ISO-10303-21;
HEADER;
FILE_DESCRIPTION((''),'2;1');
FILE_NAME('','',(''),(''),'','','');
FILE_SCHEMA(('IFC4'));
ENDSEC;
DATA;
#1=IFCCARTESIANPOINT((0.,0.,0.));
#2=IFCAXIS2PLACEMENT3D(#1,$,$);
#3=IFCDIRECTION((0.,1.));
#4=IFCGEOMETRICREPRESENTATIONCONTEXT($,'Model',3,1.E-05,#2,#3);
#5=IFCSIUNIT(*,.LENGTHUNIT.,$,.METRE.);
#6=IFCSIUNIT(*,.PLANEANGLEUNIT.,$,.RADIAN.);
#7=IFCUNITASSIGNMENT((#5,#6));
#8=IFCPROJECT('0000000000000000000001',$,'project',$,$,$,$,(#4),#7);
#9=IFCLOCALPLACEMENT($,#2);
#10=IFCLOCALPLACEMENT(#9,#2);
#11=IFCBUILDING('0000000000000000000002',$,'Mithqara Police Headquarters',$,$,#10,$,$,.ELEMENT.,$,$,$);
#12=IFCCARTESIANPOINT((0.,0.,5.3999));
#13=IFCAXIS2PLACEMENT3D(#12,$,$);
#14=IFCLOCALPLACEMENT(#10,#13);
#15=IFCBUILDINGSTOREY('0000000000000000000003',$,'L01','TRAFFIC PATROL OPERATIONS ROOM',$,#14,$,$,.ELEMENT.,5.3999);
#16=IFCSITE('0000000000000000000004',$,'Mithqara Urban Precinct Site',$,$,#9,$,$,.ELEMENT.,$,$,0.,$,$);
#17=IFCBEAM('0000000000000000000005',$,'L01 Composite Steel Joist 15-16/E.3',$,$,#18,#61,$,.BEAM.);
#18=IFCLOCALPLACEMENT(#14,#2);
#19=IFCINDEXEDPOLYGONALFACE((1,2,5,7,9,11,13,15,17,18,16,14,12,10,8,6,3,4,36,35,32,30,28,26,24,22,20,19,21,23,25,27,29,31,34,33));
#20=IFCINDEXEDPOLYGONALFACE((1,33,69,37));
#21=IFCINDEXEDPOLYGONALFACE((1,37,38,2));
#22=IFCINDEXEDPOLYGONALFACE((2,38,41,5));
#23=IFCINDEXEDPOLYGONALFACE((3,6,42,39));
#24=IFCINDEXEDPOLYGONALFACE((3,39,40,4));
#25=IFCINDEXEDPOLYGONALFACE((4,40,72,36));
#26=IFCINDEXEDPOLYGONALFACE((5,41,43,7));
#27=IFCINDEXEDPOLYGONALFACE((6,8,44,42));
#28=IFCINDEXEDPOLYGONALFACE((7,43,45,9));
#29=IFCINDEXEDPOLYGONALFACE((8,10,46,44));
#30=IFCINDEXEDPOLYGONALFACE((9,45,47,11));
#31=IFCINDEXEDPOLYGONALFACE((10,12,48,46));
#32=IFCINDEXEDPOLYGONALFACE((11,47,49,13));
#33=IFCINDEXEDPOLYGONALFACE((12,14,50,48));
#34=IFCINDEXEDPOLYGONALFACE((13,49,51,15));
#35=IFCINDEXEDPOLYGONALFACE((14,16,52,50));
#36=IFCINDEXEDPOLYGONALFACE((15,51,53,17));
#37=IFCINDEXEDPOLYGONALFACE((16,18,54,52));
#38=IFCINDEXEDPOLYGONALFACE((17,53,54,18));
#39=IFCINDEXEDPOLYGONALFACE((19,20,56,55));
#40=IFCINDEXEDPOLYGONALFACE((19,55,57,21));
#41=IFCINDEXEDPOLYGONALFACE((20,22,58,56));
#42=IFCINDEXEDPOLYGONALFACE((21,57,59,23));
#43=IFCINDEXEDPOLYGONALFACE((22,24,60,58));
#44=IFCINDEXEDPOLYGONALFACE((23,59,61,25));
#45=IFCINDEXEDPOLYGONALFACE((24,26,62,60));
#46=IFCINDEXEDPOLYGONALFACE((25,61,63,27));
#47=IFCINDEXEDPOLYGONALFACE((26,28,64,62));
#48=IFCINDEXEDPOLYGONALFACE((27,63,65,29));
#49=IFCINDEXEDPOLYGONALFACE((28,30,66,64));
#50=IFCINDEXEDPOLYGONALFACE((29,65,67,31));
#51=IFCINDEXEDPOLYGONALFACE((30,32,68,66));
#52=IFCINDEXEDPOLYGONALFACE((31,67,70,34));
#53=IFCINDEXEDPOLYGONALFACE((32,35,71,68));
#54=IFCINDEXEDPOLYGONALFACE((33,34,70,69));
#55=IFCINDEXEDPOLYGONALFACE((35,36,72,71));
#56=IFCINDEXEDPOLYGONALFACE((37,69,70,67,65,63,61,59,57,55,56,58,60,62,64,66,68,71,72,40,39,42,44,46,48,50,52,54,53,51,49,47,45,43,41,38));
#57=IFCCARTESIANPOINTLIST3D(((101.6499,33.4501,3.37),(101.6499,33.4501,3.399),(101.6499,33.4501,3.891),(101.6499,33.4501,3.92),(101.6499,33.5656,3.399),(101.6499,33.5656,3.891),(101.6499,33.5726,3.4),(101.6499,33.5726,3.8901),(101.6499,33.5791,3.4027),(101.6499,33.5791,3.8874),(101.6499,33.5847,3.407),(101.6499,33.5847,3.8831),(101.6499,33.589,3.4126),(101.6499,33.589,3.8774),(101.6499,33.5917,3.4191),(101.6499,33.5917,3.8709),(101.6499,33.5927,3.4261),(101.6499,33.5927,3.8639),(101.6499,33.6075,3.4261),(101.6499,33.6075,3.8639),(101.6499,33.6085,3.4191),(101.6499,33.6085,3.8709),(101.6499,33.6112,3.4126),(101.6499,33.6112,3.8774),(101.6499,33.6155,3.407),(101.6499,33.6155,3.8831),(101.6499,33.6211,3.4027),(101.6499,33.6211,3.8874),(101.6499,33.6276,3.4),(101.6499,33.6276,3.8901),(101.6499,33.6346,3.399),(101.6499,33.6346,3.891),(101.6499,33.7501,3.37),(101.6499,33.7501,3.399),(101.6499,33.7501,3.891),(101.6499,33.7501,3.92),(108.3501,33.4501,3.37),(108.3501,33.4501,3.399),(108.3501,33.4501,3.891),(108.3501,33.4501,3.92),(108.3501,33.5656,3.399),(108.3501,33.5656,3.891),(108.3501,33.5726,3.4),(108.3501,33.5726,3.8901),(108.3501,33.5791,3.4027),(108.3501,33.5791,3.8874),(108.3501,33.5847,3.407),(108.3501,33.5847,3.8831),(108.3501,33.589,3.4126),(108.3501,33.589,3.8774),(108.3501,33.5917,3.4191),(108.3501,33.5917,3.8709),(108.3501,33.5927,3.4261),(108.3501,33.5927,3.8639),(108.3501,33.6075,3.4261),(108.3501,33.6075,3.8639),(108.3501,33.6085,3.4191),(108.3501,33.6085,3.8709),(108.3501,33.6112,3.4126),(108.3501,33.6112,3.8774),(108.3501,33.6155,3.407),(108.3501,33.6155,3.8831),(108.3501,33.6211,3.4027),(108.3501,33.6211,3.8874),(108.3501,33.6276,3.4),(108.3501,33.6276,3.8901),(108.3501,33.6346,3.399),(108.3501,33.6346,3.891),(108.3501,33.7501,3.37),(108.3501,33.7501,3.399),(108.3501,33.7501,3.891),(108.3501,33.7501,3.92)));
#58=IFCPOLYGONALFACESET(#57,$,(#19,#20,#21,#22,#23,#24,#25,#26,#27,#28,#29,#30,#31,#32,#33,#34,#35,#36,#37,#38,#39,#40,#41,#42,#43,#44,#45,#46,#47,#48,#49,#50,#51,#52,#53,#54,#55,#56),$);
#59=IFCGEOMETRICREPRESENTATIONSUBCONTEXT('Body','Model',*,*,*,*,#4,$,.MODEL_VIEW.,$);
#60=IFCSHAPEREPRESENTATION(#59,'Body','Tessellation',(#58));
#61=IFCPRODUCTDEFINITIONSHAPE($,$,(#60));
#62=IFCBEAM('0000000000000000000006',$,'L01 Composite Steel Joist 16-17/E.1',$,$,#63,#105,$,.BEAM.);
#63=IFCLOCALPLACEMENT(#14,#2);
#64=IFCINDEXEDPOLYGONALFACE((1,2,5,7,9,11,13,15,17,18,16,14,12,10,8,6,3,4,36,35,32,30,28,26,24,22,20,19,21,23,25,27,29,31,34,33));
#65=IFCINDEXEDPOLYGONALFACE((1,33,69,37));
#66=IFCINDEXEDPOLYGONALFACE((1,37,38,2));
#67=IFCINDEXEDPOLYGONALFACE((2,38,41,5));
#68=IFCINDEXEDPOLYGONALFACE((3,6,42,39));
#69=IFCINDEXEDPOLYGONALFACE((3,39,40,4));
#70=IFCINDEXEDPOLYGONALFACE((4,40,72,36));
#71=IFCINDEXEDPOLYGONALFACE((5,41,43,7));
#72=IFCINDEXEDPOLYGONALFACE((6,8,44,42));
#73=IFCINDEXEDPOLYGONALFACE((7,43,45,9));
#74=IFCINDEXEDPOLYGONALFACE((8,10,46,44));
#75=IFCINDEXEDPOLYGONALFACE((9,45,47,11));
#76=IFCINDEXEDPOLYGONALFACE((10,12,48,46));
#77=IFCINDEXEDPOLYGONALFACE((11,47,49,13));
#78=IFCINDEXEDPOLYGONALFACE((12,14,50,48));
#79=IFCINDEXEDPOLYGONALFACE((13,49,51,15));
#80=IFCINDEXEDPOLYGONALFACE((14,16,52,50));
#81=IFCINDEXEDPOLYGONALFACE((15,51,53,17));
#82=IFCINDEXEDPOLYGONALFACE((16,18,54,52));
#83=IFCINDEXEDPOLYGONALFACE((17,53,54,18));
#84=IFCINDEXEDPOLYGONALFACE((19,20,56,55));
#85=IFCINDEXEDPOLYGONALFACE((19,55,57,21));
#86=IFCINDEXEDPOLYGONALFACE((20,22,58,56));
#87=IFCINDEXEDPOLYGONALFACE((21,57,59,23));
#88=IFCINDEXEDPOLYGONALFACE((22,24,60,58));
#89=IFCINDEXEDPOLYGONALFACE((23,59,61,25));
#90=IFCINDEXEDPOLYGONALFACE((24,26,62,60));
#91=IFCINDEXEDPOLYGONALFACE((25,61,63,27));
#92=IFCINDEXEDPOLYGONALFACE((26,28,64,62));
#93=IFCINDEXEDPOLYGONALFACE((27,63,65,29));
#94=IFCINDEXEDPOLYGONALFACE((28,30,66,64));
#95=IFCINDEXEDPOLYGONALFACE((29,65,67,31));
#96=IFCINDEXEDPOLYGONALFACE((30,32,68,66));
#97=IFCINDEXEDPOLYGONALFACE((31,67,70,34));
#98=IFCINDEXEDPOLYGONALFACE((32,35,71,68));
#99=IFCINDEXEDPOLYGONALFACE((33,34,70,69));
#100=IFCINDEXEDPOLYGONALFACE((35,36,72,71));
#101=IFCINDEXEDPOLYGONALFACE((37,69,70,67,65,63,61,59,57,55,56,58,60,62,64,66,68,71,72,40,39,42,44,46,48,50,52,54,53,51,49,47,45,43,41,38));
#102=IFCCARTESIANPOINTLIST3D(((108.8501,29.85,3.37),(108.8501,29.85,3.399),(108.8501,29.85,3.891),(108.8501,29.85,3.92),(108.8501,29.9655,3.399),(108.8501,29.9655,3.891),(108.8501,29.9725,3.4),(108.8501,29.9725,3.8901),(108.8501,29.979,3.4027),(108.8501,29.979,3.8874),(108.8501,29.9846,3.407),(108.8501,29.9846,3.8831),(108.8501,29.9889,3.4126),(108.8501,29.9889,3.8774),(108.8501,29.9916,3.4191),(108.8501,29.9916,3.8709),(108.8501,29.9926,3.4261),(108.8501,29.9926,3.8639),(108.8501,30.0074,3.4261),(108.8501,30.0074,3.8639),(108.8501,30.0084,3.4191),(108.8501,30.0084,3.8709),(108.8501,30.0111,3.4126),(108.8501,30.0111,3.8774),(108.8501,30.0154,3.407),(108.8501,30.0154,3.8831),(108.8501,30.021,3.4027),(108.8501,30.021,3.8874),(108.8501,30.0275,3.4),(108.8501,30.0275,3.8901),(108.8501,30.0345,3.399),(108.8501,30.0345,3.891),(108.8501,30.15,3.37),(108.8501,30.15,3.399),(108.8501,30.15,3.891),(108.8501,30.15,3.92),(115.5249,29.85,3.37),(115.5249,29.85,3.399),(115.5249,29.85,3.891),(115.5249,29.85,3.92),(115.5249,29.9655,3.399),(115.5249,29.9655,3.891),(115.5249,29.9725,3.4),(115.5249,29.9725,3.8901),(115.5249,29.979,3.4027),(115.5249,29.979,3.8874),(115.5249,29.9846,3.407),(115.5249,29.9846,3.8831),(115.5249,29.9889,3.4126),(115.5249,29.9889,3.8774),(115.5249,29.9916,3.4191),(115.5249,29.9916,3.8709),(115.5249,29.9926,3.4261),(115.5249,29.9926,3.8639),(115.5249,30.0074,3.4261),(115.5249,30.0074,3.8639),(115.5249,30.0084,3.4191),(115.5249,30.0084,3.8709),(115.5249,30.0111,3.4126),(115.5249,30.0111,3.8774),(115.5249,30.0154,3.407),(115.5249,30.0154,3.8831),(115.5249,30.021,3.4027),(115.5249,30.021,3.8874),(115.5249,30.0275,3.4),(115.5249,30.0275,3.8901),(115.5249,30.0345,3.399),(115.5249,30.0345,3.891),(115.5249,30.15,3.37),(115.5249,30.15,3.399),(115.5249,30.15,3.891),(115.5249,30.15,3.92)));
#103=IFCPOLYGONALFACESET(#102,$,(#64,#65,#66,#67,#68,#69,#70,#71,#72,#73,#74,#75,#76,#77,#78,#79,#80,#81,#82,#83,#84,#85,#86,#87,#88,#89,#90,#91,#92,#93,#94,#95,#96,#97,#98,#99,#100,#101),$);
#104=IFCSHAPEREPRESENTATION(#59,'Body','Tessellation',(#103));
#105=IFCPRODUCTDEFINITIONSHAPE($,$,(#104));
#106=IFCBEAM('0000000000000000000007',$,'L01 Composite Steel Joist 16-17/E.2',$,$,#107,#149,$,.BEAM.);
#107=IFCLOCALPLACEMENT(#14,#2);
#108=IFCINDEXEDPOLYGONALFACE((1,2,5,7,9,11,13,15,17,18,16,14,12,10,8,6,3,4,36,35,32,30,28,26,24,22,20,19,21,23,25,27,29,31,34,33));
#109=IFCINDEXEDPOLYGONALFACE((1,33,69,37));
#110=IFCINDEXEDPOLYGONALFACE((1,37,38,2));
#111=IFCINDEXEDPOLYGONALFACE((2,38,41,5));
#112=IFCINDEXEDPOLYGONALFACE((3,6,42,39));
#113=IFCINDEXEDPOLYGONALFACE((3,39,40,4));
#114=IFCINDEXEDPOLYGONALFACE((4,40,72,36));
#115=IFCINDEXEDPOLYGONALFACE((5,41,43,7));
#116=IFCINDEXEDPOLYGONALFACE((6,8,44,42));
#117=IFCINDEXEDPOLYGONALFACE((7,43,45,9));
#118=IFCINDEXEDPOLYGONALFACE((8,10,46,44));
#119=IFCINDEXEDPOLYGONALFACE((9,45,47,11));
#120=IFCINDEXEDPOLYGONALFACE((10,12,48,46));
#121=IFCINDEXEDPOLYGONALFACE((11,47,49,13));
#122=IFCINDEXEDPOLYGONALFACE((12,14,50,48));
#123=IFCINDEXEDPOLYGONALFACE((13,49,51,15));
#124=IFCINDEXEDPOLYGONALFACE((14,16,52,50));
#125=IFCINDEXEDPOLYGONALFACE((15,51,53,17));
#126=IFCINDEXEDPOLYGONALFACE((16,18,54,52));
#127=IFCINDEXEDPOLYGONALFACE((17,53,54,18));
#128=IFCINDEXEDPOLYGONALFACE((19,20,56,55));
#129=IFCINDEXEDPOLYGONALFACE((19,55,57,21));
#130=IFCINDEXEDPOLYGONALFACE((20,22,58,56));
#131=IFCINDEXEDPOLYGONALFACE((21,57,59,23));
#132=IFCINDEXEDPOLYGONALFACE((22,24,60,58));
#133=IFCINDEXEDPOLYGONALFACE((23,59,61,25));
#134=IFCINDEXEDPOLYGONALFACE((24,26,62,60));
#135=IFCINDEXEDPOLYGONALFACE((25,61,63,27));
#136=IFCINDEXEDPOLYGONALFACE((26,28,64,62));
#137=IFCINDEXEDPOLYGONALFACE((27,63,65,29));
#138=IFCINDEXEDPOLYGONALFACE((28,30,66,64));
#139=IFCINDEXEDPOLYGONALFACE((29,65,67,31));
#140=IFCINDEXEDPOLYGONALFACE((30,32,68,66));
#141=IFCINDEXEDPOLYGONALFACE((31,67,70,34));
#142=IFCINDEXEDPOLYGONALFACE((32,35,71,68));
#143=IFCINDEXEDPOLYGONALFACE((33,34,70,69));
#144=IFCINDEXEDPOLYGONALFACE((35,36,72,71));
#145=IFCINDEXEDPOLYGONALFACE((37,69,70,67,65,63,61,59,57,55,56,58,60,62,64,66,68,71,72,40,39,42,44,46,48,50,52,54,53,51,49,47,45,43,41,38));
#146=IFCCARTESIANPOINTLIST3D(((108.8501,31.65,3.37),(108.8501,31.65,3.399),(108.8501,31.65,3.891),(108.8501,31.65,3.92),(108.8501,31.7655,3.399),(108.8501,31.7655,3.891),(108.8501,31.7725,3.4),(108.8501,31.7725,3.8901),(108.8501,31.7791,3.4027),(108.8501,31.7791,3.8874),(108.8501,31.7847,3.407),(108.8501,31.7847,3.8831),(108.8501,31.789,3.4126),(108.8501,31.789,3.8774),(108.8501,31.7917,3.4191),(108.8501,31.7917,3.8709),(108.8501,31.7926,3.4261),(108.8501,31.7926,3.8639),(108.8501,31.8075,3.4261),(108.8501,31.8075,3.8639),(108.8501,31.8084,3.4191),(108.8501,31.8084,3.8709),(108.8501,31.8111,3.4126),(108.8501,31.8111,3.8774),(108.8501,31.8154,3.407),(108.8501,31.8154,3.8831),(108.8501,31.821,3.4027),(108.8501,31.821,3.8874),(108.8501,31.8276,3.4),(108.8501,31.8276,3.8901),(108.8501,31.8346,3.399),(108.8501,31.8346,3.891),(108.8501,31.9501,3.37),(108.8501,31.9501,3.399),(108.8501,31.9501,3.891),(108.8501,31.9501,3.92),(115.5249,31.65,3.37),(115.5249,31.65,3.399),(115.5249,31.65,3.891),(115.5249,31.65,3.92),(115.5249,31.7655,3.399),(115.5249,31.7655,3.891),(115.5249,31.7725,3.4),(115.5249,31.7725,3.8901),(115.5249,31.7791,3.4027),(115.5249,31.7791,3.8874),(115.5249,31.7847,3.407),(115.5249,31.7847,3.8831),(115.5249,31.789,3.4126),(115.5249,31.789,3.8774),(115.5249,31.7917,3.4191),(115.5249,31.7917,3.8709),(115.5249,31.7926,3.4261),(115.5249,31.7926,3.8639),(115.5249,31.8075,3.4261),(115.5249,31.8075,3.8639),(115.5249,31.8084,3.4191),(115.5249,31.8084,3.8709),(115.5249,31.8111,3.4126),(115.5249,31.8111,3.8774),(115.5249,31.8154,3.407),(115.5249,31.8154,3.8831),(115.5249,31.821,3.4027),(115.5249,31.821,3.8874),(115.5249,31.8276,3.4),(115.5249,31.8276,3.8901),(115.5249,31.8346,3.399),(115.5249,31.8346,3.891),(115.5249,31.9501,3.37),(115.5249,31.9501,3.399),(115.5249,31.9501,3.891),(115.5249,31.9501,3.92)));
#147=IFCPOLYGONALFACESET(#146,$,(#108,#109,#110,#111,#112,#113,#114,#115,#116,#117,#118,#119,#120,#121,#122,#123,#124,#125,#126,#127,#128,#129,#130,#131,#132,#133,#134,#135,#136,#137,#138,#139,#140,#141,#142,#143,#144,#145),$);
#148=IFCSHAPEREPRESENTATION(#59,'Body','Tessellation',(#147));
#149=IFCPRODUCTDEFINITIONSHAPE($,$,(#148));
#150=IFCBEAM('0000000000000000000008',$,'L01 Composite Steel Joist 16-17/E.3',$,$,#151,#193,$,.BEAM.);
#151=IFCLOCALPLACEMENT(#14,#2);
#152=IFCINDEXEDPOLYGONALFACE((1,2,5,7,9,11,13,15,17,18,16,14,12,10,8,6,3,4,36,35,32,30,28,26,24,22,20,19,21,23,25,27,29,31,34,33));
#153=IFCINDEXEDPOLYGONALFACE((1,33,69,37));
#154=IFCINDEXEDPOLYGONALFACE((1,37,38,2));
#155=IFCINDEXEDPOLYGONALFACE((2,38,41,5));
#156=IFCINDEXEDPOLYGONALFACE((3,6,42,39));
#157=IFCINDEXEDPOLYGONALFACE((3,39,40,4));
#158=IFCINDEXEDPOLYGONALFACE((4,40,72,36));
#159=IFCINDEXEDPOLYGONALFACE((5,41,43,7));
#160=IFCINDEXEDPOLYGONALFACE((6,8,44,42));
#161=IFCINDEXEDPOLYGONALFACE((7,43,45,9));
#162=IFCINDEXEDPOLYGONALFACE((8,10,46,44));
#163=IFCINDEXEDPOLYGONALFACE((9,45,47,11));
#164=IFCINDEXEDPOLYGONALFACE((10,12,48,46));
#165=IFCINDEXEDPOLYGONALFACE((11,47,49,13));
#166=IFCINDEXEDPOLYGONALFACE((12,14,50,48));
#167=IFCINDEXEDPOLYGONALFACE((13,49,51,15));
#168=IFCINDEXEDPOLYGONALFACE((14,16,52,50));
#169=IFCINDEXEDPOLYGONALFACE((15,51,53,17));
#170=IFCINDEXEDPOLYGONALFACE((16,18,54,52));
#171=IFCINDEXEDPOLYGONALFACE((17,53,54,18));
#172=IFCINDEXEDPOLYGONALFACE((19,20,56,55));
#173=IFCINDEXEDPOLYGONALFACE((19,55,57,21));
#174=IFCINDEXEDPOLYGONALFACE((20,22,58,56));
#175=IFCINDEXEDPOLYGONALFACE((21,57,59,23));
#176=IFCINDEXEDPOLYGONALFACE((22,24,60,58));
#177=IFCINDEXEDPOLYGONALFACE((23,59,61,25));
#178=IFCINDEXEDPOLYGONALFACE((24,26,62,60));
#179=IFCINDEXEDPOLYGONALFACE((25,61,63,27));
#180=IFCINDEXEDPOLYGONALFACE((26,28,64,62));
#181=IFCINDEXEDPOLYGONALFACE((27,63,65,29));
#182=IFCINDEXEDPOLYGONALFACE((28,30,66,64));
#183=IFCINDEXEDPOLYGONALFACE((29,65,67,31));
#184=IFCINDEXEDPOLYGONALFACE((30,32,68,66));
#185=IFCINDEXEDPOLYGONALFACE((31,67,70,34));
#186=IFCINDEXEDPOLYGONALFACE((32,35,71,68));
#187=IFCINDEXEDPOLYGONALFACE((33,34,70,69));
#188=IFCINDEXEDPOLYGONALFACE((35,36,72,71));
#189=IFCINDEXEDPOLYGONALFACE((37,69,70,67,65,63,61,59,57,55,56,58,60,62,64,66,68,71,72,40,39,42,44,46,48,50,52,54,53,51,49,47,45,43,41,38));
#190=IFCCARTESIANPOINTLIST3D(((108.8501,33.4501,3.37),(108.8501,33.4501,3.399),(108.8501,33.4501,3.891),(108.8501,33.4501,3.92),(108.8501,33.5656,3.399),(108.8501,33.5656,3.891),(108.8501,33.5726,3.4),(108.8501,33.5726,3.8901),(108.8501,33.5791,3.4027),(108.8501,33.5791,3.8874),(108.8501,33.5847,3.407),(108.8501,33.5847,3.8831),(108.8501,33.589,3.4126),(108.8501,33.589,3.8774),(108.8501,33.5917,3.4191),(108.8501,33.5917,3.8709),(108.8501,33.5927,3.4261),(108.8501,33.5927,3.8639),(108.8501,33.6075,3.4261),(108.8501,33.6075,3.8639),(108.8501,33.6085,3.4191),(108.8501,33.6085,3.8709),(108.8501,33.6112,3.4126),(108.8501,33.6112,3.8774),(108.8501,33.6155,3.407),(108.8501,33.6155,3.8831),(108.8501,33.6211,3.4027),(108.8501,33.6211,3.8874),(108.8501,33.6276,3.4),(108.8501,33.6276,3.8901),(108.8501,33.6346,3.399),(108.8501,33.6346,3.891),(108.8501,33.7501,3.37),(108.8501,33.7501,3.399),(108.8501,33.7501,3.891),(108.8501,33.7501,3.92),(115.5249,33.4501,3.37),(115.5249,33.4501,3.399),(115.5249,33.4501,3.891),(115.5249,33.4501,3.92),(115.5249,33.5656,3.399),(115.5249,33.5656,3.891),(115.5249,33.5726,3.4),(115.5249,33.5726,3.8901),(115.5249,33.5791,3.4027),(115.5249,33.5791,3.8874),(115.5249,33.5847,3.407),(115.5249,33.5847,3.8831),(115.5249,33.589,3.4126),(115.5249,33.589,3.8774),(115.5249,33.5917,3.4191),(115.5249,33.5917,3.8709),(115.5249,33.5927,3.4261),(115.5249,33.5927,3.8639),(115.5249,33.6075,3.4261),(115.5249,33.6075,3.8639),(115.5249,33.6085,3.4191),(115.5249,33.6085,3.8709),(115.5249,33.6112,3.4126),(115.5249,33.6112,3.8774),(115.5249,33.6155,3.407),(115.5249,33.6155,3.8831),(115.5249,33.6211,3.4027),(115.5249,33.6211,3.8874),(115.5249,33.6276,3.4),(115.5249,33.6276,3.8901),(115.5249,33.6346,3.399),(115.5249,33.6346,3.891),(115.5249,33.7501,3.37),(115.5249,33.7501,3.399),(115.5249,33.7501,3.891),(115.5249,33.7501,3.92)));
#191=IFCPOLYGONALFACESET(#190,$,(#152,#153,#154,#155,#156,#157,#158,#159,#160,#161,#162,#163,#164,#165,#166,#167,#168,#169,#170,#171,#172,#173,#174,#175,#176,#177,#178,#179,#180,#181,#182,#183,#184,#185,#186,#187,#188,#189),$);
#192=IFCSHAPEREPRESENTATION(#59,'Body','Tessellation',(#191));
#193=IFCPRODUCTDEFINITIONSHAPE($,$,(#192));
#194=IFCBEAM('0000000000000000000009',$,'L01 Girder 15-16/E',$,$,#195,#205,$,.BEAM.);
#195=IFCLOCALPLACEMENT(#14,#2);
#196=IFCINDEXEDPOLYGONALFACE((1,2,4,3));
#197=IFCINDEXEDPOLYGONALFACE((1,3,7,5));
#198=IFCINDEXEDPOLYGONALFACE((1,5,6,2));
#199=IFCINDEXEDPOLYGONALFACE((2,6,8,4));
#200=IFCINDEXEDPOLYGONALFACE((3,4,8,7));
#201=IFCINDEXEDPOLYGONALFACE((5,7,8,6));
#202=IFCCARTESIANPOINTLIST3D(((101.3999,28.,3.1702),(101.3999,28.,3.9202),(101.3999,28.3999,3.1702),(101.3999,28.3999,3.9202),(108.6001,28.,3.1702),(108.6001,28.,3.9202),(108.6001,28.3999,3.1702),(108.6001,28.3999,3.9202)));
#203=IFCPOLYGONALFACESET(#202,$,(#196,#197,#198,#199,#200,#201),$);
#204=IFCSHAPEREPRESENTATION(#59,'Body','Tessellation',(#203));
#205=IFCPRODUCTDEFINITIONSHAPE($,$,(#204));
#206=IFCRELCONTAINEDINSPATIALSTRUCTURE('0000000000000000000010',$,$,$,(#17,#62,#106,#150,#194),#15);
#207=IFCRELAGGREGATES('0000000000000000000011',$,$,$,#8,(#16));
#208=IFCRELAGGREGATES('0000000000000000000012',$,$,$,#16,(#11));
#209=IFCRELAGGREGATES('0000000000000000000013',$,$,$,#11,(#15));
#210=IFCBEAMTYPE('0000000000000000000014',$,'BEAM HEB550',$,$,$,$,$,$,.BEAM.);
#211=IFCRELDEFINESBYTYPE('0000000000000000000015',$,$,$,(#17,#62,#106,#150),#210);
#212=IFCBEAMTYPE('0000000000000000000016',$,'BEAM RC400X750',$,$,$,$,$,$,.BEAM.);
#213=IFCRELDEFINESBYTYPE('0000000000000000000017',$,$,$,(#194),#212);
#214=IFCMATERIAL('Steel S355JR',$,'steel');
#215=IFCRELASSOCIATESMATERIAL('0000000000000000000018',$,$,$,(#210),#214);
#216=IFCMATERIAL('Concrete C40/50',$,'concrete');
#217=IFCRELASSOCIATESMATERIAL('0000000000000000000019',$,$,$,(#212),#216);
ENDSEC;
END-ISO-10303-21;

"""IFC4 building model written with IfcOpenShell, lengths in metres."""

from ifc_helpers import new_model, si_unit, direction, frame, origin, origin_2d, place, context, subcontext, project, spatial, rectangle, i_section, extrude, material, material_profile, profile_set, type_object, element, save


model = new_model("IFC4")

# Units and contexts
model_context = context("Model", 3, precision=1e-05, world=origin(), true_north=direction((0.0, 1.0)))
body_context = subcontext(model_context, "Body", "Model", "MODEL_VIEW")
ifc_project = project(units=[si_unit("LENGTHUNIT", "METRE"), si_unit("PLANEANGLEUNIT", "RADIAN")], contexts=[model_context])

# Site, building, storey
site_placement = place(None, origin())
site = spatial("IfcSite", under=ifc_project, at=site_placement, Name="Mithqara Urban Precinct Site", CompositionType="ELEMENT", RefElevation=0.0)
building_placement = place(site_placement, origin())
building = spatial("IfcBuilding", under=site, at=building_placement, Name="Mithqara Police Headquarters", CompositionType="ELEMENT")
storey_placement = place(building_placement, frame((0.0, 0.0, 5.3999)))
storey = spatial("IfcBuildingStorey", under=building, at=storey_placement, Name="L01", Description="TRAFFIC PATROL OPERATIONS ROOM", CompositionType="ELEMENT", Elevation=5.3999)

# Beams
ifc_material_1 = material(Name="Steel S355JR", Category="steel")
ifc_material_profile_1 = material_profile(ifc_material_1, i_section(OverallWidth=0.3, OverallDepth=0.55, WebThickness=0.0149, FlangeThickness=0.0291, FilletRadius=0.0271, at=origin_2d()), Name="HEB 550")
ifc_profile_set_1 = profile_set([ifc_material_profile_1], Name="Steel S355JR")
beam_type_1 = type_object("IfcBeamType", Name="BEAM HEB550", PredefinedType="BEAM", material=ifc_profile_set_1)
for number, where, z_axis, x_axis, name in (
    (1, (101.6499, 33.6001, 3.645), (1.0, 0.0, 0.0), (0.0, 1.0, 0.0), "L01 Composite Steel Joist 15-16/E.3"),
):
    element("IfcBeam", number, at=place(storey_placement, frame(where, z_axis=z_axis, x_axis=x_axis)), inside=storey, type_object=beam_type_1, Name=name, PredefinedType="BEAM", context=body_context, shape_type="SweptSolid", body=[
        extrude(i_section(OverallWidth=0.3, OverallDepth=0.55, WebThickness=0.0149, FlangeThickness=0.0291, FilletRadius=0.0271, at=origin_2d()), origin(), (0.0, 0.0, 1.0), 6.7002),
    ])
for number, where, z_axis, x_axis, name in (
    (2, (108.8501, 30.0, 3.645), (1.0, 0.0, 0.0), (0.0, 1.0, 0.0), "L01 Composite Steel Joist 16-17/E.1"),
    (3, (108.8501, 31.8, 3.645), (1.0, 0.0, 0.0), (0.0, 1.0, 0.0), "L01 Composite Steel Joist 16-17/E.2"),
    (4, (108.8501, 33.6001, 3.645), (1.0, 0.0, 0.0), (0.0, 1.0, 0.0), "L01 Composite Steel Joist 16-17/E.3"),
):
    element("IfcBeam", number, at=place(storey_placement, frame(where, z_axis=z_axis, x_axis=x_axis)), inside=storey, type_object=beam_type_1, Name=name, PredefinedType="BEAM", context=body_context, shape_type="SweptSolid", body=[
        extrude(i_section(OverallWidth=0.3, OverallDepth=0.55, WebThickness=0.0149, FlangeThickness=0.0291, FilletRadius=0.0271, at=origin_2d()), origin(), (0.0, 0.0, 1.0), 6.6748),
    ])
ifc_material_2 = material(Name="Concrete C40/50", Category="concrete")
ifc_material_profile_2 = material_profile(ifc_material_2, rectangle(XDim=0.3999, YDim=0.75, at=origin_2d()), Name="RC 400x750")
ifc_profile_set_2 = profile_set([ifc_material_profile_2], Name="Concrete C40/50")
beam_type_2 = type_object("IfcBeamType", Name="BEAM RC400X750", PredefinedType="BEAM", material=ifc_profile_set_2)
beam_1_placement = place(storey_placement, frame((101.3999, 28.2, 3.5452), z_axis=(1.0, 0.0, 0.0), x_axis=(0.0, 1.0, 0.0)))
element("IfcBeam", 5, at=beam_1_placement, inside=storey, type_object=beam_type_2, Name="L01 Girder 15-16/E", PredefinedType="BEAM", context=body_context, shape_type="SweptSolid", body=[
    extrude(rectangle(XDim=0.3999, YDim=0.75, at=origin_2d()), origin(), (0.0, 0.0, 1.0), 7.2002),
])

save(model, "model.ifc")
